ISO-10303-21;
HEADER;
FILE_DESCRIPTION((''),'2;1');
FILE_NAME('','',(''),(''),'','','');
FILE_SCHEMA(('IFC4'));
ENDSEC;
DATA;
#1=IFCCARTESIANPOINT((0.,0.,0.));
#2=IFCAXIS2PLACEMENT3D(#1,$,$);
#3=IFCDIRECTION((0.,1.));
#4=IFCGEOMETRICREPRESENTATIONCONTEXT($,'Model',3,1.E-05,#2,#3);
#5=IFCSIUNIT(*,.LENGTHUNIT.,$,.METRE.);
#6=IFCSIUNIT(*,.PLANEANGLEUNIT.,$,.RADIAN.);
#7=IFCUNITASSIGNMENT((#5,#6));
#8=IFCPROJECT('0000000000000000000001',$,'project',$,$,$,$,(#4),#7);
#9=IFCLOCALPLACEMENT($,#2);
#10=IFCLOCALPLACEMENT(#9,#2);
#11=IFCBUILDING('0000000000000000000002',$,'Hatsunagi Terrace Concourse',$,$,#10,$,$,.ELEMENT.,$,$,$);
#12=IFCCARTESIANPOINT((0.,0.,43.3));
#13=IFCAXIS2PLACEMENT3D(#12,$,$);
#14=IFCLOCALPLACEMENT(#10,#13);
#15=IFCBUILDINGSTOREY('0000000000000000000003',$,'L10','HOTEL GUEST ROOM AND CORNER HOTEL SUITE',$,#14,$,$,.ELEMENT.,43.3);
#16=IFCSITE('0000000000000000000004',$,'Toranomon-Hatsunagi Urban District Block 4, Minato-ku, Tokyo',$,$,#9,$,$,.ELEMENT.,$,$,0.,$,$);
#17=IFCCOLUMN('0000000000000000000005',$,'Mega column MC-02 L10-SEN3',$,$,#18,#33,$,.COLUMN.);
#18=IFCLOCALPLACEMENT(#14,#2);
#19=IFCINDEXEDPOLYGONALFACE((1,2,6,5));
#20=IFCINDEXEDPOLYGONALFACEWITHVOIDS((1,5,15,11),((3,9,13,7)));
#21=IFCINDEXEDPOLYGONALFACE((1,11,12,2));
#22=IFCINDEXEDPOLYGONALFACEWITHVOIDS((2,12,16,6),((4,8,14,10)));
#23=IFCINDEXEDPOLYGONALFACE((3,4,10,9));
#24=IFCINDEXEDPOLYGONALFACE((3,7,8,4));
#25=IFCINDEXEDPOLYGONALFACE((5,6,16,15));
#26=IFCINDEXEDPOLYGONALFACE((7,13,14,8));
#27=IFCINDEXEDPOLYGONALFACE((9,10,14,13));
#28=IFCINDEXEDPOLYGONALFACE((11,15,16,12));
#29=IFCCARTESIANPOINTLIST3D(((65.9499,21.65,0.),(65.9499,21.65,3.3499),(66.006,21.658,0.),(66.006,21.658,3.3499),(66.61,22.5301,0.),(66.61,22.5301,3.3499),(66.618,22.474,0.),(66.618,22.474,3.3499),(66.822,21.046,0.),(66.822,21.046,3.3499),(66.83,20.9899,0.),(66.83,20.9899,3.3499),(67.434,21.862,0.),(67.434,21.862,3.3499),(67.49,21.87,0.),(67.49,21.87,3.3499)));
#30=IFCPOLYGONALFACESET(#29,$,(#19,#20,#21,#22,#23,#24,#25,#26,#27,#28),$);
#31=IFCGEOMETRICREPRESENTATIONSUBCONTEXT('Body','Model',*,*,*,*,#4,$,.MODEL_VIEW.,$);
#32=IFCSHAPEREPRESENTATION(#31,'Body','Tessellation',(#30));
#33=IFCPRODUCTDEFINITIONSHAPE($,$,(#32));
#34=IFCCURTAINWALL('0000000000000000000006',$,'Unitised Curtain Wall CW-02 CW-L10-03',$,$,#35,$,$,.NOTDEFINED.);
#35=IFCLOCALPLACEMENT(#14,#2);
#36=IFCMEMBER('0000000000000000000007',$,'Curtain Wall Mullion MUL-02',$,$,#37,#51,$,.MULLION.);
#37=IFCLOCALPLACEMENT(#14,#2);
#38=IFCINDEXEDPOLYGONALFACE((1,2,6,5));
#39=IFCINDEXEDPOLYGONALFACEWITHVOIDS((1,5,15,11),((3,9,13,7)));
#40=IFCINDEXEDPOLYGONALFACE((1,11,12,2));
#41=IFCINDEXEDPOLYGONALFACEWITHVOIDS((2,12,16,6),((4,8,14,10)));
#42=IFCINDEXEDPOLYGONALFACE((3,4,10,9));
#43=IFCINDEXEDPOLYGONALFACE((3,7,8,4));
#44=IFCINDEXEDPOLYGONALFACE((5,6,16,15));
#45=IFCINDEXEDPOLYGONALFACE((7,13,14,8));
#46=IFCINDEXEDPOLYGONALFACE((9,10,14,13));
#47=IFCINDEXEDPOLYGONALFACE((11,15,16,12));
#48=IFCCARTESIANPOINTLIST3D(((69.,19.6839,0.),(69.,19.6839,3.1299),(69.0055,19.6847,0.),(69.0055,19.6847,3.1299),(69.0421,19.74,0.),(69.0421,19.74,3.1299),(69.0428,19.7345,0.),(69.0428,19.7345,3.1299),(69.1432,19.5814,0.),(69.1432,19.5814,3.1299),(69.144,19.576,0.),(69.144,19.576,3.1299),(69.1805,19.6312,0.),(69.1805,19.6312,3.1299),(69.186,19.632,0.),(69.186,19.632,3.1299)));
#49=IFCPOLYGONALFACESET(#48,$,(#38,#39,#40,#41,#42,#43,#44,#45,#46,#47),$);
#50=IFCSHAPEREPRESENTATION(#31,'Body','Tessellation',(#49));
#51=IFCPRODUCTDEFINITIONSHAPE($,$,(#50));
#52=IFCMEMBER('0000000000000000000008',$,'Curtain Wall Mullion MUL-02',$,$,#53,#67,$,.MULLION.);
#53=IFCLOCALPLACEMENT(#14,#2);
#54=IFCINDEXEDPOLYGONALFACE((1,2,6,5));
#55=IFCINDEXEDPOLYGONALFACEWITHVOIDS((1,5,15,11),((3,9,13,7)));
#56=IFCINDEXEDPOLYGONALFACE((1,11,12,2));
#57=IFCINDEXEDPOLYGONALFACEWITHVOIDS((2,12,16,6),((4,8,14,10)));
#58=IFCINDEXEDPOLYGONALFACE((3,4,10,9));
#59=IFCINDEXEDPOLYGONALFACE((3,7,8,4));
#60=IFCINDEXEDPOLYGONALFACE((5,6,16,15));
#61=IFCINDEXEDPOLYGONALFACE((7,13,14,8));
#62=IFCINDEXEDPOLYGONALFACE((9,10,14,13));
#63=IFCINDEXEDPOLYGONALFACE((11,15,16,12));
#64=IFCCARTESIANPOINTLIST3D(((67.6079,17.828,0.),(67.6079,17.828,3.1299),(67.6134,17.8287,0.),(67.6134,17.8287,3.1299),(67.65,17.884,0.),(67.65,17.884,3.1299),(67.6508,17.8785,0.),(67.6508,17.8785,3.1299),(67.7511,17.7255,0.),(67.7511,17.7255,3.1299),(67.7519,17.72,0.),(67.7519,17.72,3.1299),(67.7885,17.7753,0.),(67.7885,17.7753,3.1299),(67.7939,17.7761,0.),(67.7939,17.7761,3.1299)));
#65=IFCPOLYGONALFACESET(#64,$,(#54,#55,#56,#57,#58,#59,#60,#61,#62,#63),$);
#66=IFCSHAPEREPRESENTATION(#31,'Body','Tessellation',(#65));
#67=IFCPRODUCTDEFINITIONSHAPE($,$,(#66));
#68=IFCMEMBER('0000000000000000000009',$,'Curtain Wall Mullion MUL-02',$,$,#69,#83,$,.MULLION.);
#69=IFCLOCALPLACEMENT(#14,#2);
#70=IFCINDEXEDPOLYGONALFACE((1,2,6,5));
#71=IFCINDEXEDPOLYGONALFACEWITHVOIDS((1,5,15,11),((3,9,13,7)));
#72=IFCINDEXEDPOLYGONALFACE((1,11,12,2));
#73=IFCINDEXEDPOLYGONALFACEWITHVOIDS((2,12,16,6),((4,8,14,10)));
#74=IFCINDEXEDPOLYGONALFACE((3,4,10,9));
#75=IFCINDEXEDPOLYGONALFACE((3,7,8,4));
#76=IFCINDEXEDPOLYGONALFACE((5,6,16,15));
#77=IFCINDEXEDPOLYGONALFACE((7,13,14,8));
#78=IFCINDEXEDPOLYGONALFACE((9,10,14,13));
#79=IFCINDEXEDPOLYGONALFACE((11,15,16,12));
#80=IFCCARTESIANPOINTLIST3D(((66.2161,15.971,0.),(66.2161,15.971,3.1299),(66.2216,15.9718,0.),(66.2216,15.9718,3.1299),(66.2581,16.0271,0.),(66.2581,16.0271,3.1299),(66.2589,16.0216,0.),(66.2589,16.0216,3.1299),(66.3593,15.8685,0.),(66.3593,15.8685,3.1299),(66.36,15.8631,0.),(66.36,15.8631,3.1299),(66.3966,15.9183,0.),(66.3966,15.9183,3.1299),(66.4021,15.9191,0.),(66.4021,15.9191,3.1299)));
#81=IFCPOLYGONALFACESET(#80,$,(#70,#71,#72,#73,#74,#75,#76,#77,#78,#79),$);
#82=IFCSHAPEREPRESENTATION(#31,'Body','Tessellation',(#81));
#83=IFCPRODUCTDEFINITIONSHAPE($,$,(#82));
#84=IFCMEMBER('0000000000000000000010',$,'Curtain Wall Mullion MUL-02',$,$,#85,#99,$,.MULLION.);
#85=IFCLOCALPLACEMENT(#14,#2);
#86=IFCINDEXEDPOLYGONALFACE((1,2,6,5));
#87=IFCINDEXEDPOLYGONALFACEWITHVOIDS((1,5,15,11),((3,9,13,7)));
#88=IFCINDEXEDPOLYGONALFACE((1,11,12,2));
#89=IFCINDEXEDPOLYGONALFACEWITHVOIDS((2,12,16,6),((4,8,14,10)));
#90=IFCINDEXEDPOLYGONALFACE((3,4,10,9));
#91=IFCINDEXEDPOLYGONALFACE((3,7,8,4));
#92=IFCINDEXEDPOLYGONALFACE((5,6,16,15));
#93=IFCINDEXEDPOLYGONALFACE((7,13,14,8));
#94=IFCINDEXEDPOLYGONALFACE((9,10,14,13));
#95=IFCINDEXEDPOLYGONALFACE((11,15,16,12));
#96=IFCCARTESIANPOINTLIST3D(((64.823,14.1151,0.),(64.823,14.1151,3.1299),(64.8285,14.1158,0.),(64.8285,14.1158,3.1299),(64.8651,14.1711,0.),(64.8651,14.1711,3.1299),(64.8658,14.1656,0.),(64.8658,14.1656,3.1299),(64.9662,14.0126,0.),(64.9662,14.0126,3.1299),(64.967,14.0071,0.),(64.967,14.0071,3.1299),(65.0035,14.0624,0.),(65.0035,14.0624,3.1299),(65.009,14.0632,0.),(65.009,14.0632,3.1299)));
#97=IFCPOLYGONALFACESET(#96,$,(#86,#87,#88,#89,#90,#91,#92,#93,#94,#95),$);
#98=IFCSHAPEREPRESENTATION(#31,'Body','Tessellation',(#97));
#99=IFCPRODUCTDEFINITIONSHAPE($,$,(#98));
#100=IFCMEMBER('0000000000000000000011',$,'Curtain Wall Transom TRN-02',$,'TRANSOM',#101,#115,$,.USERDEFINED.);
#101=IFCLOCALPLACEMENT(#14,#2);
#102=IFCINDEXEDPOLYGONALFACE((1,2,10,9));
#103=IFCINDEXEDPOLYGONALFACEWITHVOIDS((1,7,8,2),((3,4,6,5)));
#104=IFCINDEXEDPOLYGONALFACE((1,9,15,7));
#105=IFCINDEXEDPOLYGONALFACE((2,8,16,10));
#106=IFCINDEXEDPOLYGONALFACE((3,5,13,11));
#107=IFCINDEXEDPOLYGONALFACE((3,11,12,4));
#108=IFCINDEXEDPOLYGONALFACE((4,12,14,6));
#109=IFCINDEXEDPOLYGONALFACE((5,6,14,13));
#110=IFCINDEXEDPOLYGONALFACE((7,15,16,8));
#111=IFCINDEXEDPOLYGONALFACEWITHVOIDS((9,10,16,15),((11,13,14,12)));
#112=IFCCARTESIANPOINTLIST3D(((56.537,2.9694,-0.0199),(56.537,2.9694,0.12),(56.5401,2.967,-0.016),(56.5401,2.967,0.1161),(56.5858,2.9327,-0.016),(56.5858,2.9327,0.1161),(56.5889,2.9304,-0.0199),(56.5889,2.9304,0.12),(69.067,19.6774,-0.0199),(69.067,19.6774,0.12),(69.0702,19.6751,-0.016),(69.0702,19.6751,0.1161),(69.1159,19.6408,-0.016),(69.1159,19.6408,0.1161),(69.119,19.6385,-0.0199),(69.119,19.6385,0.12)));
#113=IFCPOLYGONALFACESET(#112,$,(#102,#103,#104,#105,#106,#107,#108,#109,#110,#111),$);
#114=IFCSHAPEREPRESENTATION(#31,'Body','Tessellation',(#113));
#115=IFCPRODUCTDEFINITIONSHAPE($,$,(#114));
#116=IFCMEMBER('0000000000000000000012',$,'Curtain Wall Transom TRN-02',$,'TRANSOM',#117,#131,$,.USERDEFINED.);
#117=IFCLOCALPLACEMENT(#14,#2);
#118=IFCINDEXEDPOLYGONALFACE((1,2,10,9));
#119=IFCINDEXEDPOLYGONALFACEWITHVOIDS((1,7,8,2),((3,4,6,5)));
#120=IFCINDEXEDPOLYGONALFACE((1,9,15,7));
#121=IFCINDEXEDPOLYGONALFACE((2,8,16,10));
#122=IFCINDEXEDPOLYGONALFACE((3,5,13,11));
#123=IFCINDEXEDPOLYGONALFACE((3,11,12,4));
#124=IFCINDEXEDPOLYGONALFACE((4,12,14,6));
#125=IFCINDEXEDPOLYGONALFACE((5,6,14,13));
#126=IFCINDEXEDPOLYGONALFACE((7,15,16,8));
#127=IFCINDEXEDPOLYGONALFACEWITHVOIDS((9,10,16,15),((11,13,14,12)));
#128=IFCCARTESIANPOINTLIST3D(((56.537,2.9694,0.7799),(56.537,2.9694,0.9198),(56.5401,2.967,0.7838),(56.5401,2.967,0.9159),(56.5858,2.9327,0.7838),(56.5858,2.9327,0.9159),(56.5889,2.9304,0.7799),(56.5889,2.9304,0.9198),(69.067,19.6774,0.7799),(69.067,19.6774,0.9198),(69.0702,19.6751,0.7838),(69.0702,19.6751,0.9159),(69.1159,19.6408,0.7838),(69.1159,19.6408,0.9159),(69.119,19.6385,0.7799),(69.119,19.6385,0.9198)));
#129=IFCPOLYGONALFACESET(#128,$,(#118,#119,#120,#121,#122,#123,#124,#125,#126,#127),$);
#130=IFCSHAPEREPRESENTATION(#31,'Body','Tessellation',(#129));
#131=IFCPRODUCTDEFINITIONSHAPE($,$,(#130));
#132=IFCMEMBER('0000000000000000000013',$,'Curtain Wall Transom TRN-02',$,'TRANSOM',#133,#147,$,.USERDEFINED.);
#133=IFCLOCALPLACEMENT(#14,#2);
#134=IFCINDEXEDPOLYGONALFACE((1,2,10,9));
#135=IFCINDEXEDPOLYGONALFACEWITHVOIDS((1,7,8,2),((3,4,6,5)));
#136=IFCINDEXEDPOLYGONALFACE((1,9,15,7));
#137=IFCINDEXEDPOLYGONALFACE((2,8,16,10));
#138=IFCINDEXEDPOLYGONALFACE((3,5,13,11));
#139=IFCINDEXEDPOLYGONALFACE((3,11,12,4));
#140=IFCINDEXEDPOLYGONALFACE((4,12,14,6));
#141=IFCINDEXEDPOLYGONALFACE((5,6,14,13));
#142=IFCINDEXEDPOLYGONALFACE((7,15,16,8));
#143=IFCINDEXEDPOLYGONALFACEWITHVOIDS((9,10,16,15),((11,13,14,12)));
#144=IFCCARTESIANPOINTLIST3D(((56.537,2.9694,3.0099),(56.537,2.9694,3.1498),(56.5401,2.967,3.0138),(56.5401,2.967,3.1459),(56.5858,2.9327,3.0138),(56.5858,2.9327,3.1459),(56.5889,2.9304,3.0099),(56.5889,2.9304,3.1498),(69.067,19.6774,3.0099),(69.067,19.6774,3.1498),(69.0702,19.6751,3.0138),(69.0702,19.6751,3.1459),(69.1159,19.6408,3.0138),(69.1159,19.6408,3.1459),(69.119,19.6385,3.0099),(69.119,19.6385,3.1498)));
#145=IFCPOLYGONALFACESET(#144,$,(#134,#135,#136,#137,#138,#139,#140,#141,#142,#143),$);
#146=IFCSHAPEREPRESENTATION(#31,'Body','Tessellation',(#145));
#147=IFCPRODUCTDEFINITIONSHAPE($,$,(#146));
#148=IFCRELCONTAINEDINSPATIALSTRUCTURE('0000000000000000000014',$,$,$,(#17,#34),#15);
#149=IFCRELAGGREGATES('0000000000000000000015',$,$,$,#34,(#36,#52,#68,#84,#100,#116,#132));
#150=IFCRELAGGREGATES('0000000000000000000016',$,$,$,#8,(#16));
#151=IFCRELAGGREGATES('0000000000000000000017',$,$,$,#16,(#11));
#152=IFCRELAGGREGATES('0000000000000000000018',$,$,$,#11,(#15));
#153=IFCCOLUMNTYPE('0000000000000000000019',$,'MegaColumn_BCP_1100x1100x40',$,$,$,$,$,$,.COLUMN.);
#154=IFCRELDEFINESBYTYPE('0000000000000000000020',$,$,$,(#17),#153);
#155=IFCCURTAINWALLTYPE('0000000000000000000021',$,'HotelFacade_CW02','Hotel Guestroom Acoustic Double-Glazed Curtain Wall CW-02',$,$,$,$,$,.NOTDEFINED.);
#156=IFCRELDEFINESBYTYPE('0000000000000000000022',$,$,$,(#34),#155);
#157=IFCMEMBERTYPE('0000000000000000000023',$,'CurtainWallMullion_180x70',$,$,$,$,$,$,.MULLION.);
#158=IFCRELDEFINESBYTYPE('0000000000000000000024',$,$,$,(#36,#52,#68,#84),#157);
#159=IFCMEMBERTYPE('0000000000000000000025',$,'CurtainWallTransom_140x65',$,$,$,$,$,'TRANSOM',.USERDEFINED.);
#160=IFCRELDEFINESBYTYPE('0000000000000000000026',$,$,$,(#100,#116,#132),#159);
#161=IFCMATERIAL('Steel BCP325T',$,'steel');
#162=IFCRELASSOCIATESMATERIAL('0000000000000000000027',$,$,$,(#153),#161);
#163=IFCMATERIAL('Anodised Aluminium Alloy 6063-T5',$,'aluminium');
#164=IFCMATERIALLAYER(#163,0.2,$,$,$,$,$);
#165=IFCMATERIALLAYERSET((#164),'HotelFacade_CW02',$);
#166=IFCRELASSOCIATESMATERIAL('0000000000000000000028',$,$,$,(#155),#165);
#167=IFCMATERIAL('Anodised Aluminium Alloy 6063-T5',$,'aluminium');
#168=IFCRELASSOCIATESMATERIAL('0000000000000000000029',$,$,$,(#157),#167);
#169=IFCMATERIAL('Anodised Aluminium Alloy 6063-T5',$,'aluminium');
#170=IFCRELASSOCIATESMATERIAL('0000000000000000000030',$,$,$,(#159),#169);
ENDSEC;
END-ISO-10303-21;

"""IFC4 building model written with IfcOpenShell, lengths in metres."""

from ifc_helpers import new_model, si_unit, direction, frame, origin, origin_2d, place, context, subcontext, project, spatial, hollow_rectangle, extrude, material, layer, layer_set, material_profile, profile_set, type_object, element, aggregate, save


model = new_model("IFC4")

# Units and contexts
model_context = context("Model", 3, precision=1e-05, world=origin(), true_north=direction((0.0, 1.0)))
body_context = subcontext(model_context, "Body", "Model", "MODEL_VIEW")
ifc_project = project(units=[si_unit("LENGTHUNIT", "METRE"), si_unit("PLANEANGLEUNIT", "RADIAN")], contexts=[model_context])

# Site, building, storey
site_placement = place(None, origin())
site = spatial("IfcSite", under=ifc_project, at=site_placement, Name="Toranomon-Hatsunagi Urban District Block 4, Minato-ku, Tokyo", CompositionType="ELEMENT", RefElevation=0.0)
building_placement = place(site_placement, origin())
building = spatial("IfcBuilding", under=site, at=building_placement, Name="Hatsunagi Terrace Concourse", CompositionType="ELEMENT")
storey_placement = place(building_placement, frame((0.0, 0.0, 43.3)))
storey = spatial("IfcBuildingStorey", under=building, at=storey_placement, Name="L10", Description="HOTEL GUEST ROOM AND CORNER HOTEL SUITE", CompositionType="ELEMENT", Elevation=43.3)

# Column
ifc_material_1 = material(Name="Steel BCP325T", Category="steel")
ifc_material_profile_1 = material_profile(ifc_material_1, hollow_rectangle(XDim=1.1001, YDim=1.1001, WallThickness=0.04, at=origin_2d()), Name="BCP-1100x1100x40")
ifc_profile_set_1 = profile_set([ifc_material_profile_1], Name="Steel BCP325T")
column_type = type_object("IfcColumnType", Name="MegaColumn_BCP_1100x1100x40", PredefinedType="COLUMN", material=ifc_profile_set_1)
column_placement = place(storey_placement, frame((66.72, 21.76, 0.0), z_axis=(0.0, 0.0, 1.0), x_axis=(0.8, -0.6, 0.0)))
element("IfcColumn", 1, at=column_placement, inside=storey, type_object=column_type, Name="Mega column MC-02 L10-SEN3", PredefinedType="COLUMN", context=body_context, shape_type="SweptSolid", body=[
    extrude(hollow_rectangle(XDim=1.1001, YDim=1.1001, WallThickness=0.04, at=origin_2d()), origin(), (0.0, 0.0, 1.0), 3.3499),
])

# Curtain wall, members
ifc_material_2 = material(Name="Anodised Aluminium Alloy 6063-T5", Category="aluminium")
ifc_layer_1 = layer(ifc_material_2, 0.2)
ifc_layer_set_1 = layer_set([ifc_layer_1], Name="HotelFacade_CW02")
curtain_wall_type = type_object("IfcCurtainWallType", Name="HotelFacade_CW02", Description="Hotel Guestroom Acoustic Double-Glazed Curtain Wall CW-02", PredefinedType="NOTDEFINED", material=ifc_layer_set_1)
curtain_wall_placement = place(storey_placement, origin())
curtain_wall = element("IfcCurtainWall", 2, at=curtain_wall_placement, inside=storey, type_object=curtain_wall_type, Name="Unitised Curtain Wall CW-02 CW-L10-03", PredefinedType="NOTDEFINED")
ifc_material_3 = material(Name="Anodised Aluminium Alloy 6063-T5", Category="aluminium")
ifc_material_profile_2 = material_profile(ifc_material_3, hollow_rectangle(XDim=0.0701, YDim=0.1799, WallThickness=0.0039, at=origin_2d()), Name="ALU-MUL-180x70x4")
ifc_profile_set_2 = profile_set([ifc_material_profile_2], Name="Anodised Aluminium Alloy 6063-T5")
member_type_1 = type_object("IfcMemberType", Name="CurtainWallMullion_180x70", PredefinedType="MULLION", material=ifc_profile_set_2)
member_1_placement = place(storey_placement, frame((69.093, 19.658, 0.0), z_axis=(0.0, 0.0, 1.0), x_axis=(-0.599969, -0.800023, 0.0)))
member_1 = element("IfcMember", 3, at=member_1_placement, type_object=member_type_1, Name="Curtain Wall Mullion MUL-02", PredefinedType="MULLION", context=body_context, shape_type="SweptSolid", body=[
    extrude(hollow_rectangle(XDim=0.0701, YDim=0.1799, WallThickness=0.0039, at=origin_2d()), origin(), (0.0, 0.0, 1.0), 3.1299),
])
member_2_placement = place(storey_placement, frame((67.7009, 17.802, 0.0), z_axis=(0.0, 0.0, 1.0), x_axis=(-0.599969, -0.800023, 0.0)))
member_2 = element("IfcMember", 4, at=member_2_placement, type_object=member_type_1, Name="Curtain Wall Mullion MUL-02", PredefinedType="MULLION", context=body_context, shape_type="SweptSolid", body=[
    extrude(hollow_rectangle(XDim=0.0701, YDim=0.1799, WallThickness=0.0039, at=origin_2d()), origin(), (0.0, 0.0, 1.0), 3.1299),
])
member_3_placement = place(storey_placement, frame((66.3091, 15.9451, 0.0), z_axis=(0.0, 0.0, 1.0), x_axis=(-0.599969, -0.800023, 0.0)))
member_3 = element("IfcMember", 5, at=member_3_placement, type_object=member_type_1, Name="Curtain Wall Mullion MUL-02", PredefinedType="MULLION", context=body_context, shape_type="SweptSolid", body=[
    extrude(hollow_rectangle(XDim=0.0701, YDim=0.1799, WallThickness=0.0039, at=origin_2d()), origin(), (0.0, 0.0, 1.0), 3.1299),
])
member_4_placement = place(storey_placement, frame((64.916, 14.0891, 0.0), z_axis=(0.0, 0.0, 1.0), x_axis=(-0.599969, -0.800023, 0.0)))
member_4 = element("IfcMember", 6, at=member_4_placement, type_object=member_type_1, Name="Curtain Wall Mullion MUL-02", PredefinedType="MULLION", context=body_context, shape_type="SweptSolid", body=[
    extrude(hollow_rectangle(XDim=0.0701, YDim=0.1799, WallThickness=0.0039, at=origin_2d()), origin(), (0.0, 0.0, 1.0), 3.1299),
])
ifc_material_4 = material(Name="Anodised Aluminium Alloy 6063-T5", Category="aluminium")
ifc_material_profile_3 = material_profile(ifc_material_4, hollow_rectangle(XDim=0.0649, YDim=0.1399, WallThickness=0.0039, at=origin_2d()), Name="ALU-TRN-140x65x4")
ifc_profile_set_3 = profile_set([ifc_material_profile_3], Name="Anodised Aluminium Alloy 6063-T5")
member_type_2 = type_object("IfcMemberType", Name="CurtainWallTransom_140x65", ElementType="TRANSOM", PredefinedType="USERDEFINED", material=ifc_profile_set_3)
member_5_placement = place(storey_placement, frame((69.093, 19.658, 0.05), z_axis=(-0.59997, -0.800022, 0.0), x_axis=(0.800022, -0.59997, 0.0)))
member_5 = element("IfcMember", 7, at=member_5_placement, type_object=member_type_2, Name="Curtain Wall Transom TRN-02", ObjectType="TRANSOM", PredefinedType="USERDEFINED", context=body_context, shape_type="SweptSolid", body=[
    extrude(hollow_rectangle(XDim=0.0649, YDim=0.1399, WallThickness=0.0039, at=origin_2d()), origin(), (0.0, 0.0, 1.0), 20.8845),
])
member_6_placement = place(storey_placement, frame((69.093, 19.658, 0.8499), z_axis=(-0.59997, -0.800022, 0.0), x_axis=(0.800022, -0.59997, 0.0)))
member_6 = element("IfcMember", 8, at=member_6_placement, type_object=member_type_2, Name="Curtain Wall Transom TRN-02", ObjectType="TRANSOM", PredefinedType="USERDEFINED", context=body_context, shape_type="SweptSolid", body=[
    extrude(hollow_rectangle(XDim=0.0649, YDim=0.1399, WallThickness=0.0039, at=origin_2d()), origin(), (0.0, 0.0, 1.0), 20.8845),
])
member_7_placement = place(storey_placement, frame((69.093, 19.658, 3.0798), z_axis=(-0.59997, -0.800022, 0.0), x_axis=(0.800022, -0.59997, 0.0)))
member_7 = element("IfcMember", 9, at=member_7_placement, type_object=member_type_2, Name="Curtain Wall Transom TRN-02", ObjectType="TRANSOM", PredefinedType="USERDEFINED", context=body_context, shape_type="SweptSolid", body=[
    extrude(hollow_rectangle(XDim=0.0649, YDim=0.1399, WallThickness=0.0039, at=origin_2d()), origin(), (0.0, 0.0, 1.0), 20.8845),
])

aggregate(curtain_wall, [member_1, member_2, member_3, member_4, member_5, member_6, member_7])

save(model, "model.ifc")
